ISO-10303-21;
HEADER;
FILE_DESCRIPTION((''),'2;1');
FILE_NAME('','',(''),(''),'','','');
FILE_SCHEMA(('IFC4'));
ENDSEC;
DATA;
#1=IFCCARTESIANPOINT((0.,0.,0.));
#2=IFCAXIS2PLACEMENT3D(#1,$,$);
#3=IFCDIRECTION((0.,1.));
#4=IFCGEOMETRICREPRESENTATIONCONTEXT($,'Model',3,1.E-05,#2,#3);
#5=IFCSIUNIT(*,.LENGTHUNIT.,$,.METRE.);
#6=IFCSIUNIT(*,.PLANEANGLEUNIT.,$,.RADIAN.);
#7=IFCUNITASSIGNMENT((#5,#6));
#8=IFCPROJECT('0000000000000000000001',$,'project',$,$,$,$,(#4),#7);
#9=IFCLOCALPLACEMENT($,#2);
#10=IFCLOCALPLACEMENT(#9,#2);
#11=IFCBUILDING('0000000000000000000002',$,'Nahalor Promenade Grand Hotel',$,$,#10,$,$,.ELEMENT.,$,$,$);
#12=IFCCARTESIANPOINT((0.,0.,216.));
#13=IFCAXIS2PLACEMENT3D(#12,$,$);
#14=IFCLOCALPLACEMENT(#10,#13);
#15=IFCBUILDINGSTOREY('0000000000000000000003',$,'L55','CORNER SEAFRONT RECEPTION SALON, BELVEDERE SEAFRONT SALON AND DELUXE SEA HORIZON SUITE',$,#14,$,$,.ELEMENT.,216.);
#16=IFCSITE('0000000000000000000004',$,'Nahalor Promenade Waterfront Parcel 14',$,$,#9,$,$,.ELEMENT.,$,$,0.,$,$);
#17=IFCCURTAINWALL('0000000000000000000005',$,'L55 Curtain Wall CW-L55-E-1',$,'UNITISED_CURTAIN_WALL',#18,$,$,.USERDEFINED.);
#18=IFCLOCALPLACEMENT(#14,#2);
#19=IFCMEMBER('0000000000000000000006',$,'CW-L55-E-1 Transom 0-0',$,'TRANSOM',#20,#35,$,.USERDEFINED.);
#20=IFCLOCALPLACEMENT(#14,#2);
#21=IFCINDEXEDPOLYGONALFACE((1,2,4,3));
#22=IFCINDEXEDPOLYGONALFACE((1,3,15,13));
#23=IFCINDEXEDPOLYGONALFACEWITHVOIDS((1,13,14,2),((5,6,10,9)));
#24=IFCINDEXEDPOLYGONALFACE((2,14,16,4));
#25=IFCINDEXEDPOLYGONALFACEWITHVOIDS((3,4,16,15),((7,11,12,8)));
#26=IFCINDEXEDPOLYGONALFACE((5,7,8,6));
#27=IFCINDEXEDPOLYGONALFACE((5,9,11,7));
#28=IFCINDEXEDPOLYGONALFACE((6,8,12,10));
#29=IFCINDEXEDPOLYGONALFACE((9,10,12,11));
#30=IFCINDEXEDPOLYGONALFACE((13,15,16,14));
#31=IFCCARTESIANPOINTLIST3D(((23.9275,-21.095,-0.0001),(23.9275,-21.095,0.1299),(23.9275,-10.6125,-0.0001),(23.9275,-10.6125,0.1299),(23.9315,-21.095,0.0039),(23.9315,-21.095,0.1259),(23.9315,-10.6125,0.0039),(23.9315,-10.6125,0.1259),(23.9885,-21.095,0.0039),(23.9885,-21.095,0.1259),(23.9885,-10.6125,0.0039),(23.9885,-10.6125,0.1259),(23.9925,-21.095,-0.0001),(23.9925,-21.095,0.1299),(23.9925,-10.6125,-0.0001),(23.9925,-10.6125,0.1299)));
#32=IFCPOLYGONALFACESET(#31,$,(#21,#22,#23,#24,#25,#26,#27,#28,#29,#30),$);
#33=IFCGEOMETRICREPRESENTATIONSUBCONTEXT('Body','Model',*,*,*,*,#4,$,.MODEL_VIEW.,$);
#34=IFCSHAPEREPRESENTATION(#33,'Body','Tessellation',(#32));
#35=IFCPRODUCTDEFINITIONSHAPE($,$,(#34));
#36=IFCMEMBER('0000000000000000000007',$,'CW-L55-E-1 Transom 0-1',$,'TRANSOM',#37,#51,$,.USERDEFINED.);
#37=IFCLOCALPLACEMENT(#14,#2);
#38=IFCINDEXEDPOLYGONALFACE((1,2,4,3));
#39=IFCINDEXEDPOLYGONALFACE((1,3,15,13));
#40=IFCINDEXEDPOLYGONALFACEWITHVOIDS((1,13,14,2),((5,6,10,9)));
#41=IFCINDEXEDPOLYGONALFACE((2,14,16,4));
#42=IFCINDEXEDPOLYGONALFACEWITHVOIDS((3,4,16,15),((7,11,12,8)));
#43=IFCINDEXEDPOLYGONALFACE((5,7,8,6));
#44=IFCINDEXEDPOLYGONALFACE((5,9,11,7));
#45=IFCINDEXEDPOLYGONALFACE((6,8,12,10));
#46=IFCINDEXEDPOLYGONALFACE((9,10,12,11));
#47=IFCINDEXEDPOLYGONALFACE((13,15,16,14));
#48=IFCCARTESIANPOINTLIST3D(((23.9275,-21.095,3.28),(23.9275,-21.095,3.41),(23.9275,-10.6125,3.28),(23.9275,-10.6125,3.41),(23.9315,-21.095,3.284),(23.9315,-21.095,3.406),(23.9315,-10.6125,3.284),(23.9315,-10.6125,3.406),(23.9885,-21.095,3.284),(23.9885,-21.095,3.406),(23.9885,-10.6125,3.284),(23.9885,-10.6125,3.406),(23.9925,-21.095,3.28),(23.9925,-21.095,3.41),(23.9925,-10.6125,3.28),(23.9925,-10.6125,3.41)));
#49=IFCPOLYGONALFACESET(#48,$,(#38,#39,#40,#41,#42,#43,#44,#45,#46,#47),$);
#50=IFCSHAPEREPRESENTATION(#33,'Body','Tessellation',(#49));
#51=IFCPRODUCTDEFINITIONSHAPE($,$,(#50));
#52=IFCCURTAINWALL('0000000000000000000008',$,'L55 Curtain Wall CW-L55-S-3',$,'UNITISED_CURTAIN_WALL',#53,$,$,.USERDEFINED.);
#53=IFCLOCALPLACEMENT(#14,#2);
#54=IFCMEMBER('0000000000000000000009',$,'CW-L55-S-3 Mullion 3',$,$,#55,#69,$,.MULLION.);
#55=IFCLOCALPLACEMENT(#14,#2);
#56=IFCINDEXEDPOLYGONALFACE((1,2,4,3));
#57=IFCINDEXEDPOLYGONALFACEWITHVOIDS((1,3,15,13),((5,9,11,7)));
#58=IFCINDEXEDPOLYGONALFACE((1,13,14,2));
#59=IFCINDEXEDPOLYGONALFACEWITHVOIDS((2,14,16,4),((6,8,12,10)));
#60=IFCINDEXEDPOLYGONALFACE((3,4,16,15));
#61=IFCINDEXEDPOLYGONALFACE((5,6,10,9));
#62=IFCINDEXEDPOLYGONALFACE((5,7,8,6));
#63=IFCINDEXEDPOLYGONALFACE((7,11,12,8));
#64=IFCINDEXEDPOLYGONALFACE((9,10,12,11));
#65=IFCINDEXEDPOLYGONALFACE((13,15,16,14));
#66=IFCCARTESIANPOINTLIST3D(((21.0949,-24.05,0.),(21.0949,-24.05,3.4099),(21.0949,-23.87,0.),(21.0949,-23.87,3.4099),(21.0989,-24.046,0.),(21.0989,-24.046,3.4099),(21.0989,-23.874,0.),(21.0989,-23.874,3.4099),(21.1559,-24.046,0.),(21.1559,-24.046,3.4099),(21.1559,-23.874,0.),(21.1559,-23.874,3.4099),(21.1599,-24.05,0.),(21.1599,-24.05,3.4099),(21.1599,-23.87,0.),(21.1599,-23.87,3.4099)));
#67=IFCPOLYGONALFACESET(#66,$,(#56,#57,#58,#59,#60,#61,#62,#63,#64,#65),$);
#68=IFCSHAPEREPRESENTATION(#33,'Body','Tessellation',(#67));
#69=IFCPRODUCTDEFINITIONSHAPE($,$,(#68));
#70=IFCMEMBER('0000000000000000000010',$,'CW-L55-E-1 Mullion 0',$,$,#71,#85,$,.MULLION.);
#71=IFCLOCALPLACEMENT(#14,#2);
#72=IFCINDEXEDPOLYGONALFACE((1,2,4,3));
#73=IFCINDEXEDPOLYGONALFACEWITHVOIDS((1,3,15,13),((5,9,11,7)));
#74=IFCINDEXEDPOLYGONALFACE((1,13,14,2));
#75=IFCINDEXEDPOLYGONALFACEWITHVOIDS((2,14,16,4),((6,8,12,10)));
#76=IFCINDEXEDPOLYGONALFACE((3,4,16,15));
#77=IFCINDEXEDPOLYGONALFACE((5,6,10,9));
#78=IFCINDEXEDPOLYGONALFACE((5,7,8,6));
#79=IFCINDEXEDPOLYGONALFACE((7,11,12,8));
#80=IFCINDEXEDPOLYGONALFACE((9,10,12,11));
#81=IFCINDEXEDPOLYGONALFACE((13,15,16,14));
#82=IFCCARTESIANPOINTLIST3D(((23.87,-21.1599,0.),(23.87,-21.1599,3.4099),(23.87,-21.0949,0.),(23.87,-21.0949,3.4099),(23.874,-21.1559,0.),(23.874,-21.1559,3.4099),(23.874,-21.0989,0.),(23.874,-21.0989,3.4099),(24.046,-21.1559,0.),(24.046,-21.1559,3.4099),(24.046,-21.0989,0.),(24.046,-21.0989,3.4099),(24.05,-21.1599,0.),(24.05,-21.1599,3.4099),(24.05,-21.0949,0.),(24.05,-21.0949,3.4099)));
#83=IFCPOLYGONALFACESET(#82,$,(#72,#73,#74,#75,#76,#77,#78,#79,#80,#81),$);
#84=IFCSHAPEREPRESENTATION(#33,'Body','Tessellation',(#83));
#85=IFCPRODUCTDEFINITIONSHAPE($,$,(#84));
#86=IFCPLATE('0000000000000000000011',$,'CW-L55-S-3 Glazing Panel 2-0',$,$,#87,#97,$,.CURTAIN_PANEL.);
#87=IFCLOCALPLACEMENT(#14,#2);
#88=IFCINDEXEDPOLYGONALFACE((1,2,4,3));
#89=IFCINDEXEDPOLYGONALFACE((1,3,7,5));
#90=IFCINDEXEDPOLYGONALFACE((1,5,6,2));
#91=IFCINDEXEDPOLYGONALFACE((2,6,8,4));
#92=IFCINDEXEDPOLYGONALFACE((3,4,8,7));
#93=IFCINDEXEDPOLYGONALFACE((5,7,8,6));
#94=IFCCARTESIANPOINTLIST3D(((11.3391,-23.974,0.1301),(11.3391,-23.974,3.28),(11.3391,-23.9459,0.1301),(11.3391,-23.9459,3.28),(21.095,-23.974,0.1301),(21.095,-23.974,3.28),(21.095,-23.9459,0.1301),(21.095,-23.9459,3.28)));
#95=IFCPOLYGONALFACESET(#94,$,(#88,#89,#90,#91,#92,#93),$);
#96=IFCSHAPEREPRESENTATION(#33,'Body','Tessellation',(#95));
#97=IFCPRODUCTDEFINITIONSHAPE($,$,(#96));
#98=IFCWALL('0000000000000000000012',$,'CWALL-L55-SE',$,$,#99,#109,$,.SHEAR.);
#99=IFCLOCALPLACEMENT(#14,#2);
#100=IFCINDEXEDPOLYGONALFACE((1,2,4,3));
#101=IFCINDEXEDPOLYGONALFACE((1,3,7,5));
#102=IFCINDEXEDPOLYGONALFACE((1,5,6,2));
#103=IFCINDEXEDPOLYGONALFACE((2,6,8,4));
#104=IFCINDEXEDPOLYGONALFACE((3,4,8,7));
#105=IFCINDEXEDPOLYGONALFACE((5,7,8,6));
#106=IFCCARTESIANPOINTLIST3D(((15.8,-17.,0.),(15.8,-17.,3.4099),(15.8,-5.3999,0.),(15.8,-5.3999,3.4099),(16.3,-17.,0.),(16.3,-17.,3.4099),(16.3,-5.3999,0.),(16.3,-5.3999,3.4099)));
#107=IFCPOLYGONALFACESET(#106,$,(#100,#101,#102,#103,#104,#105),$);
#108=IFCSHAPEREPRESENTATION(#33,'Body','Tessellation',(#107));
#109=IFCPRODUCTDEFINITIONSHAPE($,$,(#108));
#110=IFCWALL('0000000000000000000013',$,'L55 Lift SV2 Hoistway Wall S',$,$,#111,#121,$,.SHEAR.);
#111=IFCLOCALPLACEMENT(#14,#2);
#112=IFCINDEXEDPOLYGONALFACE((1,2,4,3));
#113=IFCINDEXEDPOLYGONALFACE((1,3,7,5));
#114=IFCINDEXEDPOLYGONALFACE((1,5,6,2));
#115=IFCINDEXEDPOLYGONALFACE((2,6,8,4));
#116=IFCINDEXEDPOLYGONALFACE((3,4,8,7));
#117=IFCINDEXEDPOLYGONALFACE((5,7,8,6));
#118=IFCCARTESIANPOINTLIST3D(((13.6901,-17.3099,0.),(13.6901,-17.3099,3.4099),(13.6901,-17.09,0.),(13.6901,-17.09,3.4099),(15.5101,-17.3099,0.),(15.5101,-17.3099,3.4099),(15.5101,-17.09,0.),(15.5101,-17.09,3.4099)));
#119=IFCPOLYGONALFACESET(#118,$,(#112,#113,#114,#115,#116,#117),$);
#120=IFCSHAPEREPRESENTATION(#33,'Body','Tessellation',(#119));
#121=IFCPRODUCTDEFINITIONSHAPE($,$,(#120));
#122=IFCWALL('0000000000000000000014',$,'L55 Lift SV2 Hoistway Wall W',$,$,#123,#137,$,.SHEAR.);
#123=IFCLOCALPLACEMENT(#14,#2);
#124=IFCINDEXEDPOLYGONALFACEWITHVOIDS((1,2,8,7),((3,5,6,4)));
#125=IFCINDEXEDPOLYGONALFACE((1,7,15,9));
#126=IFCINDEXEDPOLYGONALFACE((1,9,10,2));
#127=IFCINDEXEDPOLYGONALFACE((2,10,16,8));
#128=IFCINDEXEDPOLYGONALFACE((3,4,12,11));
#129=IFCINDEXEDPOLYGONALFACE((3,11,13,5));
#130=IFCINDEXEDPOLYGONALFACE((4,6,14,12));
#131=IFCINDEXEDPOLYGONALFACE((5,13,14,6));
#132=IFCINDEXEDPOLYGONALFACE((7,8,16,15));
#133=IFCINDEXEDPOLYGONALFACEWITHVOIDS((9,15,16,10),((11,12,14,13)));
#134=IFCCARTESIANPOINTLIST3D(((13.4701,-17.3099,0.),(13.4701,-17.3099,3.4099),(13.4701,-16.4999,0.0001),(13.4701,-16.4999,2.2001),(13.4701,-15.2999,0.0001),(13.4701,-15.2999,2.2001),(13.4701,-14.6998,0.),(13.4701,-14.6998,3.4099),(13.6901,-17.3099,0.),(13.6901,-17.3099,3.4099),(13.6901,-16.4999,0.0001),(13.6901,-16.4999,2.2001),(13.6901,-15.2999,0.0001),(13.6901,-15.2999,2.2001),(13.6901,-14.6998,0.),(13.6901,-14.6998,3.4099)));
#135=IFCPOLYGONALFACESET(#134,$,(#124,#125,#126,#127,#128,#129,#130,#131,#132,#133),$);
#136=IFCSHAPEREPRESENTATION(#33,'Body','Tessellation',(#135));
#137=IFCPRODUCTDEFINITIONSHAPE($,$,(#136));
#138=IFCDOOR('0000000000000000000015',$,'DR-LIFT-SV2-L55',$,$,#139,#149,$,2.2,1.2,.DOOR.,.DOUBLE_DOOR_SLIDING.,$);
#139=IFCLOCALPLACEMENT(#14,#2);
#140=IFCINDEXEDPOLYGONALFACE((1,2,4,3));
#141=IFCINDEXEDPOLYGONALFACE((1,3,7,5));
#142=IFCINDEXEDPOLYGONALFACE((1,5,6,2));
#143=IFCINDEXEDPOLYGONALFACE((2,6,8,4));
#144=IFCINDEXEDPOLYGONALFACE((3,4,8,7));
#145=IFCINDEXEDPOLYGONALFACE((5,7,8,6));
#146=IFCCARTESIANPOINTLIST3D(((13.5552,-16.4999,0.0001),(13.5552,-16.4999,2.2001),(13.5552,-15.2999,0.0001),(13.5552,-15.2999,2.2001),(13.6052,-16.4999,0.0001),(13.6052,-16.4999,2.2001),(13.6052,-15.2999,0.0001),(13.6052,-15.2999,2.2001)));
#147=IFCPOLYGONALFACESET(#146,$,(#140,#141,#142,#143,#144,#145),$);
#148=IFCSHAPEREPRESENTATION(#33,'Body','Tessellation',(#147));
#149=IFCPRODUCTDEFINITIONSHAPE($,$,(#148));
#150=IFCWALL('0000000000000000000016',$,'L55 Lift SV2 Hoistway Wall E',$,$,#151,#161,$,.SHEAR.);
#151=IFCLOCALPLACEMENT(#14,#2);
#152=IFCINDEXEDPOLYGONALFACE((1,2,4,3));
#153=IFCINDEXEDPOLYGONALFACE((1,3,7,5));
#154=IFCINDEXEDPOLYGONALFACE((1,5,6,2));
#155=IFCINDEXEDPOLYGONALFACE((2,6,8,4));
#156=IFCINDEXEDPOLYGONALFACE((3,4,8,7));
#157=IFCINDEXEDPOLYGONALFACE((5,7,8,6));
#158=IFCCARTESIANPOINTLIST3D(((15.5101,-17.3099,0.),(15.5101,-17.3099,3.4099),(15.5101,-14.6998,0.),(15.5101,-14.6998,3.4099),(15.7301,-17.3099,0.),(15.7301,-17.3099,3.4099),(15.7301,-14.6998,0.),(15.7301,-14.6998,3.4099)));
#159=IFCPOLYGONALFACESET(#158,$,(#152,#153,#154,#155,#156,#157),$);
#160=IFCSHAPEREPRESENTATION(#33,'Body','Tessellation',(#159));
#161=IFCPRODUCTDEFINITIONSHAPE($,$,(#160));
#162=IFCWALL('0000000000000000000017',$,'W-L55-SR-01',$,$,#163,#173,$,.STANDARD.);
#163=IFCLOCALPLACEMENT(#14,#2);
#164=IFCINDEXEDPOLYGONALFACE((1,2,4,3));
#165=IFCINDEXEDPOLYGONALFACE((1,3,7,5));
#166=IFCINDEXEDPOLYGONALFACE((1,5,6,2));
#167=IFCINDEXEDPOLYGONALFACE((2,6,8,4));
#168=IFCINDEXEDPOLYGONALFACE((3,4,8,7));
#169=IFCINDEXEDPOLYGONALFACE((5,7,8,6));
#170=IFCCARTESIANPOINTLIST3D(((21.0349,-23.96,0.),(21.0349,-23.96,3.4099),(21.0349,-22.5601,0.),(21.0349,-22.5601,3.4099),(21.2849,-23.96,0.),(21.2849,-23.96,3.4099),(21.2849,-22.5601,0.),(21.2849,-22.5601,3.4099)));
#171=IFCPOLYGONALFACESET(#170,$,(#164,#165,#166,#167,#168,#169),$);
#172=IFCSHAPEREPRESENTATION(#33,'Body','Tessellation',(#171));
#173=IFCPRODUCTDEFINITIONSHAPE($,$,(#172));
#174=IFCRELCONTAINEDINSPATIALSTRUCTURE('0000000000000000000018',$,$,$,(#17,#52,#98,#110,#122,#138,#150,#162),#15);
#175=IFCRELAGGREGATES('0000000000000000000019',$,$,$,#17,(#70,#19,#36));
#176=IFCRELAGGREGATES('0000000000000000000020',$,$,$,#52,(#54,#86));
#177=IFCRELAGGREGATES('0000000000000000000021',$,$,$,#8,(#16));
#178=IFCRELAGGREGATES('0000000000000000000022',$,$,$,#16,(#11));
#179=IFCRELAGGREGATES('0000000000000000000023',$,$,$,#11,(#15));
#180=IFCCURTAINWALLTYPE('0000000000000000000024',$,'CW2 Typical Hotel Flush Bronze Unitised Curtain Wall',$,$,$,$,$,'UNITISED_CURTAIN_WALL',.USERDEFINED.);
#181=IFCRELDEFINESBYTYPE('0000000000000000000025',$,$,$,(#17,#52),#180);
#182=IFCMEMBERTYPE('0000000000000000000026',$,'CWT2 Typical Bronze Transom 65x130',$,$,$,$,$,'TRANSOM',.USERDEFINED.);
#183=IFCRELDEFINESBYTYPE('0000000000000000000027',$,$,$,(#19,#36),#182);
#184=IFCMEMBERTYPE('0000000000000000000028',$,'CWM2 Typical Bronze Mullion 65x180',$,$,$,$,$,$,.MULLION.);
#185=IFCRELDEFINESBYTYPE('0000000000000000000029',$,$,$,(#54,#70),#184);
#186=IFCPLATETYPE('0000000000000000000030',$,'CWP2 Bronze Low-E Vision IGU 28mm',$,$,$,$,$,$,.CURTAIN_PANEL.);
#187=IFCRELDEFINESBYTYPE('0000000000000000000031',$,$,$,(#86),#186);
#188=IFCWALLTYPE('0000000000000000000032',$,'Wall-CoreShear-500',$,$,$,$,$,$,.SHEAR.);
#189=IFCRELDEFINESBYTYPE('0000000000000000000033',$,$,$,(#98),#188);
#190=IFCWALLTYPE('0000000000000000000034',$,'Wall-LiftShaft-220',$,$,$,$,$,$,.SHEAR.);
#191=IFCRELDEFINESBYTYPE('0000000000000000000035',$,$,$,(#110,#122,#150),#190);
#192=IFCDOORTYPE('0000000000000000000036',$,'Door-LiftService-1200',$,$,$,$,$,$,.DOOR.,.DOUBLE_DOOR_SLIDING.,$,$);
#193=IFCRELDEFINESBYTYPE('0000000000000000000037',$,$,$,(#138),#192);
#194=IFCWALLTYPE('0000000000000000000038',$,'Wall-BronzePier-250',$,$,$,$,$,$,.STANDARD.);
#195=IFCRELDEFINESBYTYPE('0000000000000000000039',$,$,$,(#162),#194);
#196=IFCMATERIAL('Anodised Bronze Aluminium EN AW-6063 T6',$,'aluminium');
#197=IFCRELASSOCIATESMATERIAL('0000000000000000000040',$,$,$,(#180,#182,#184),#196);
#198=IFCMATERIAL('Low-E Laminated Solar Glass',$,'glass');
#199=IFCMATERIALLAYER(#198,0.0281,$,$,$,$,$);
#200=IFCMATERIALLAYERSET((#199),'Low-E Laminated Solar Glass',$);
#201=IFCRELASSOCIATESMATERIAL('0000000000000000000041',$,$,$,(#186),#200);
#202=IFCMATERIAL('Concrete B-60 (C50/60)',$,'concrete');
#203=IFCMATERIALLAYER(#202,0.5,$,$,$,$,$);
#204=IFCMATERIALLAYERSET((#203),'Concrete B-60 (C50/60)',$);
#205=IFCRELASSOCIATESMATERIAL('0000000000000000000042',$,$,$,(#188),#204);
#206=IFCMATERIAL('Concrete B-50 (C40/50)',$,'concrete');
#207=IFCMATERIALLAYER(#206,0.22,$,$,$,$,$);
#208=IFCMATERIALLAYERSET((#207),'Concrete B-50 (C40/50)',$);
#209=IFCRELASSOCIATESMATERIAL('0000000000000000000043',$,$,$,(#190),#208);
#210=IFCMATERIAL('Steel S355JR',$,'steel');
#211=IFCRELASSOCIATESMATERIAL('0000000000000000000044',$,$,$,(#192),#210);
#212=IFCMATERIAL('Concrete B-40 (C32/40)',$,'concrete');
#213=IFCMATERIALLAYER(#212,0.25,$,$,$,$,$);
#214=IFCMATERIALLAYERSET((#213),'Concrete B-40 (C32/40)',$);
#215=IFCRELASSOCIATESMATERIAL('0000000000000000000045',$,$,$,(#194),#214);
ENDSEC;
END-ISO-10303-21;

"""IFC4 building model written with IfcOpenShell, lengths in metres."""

from ifc_helpers import new_model, si_unit, direction, frame, frame_2d, origin, origin_2d, place, context, subcontext, project, spatial, rectangle, hollow_rectangle, extrude, source, transform, mapped, material, layer, layer_set, material_profile, profile_set, type_object, element, fill, aggregate, save


model = new_model("IFC4")

# Units and contexts
model_context = context("Model", 3, precision=1e-05, world=origin(), true_north=direction((0.0, 1.0)))
body_context = subcontext(model_context, "Body", "Model", "MODEL_VIEW")
ifc_project = project(units=[si_unit("LENGTHUNIT", "METRE"), si_unit("PLANEANGLEUNIT", "RADIAN")], contexts=[model_context])

# Site, building, storey
site_placement = place(None, origin())
site = spatial("IfcSite", under=ifc_project, at=site_placement, Name="Nahalor Promenade Waterfront Parcel 14", CompositionType="ELEMENT", RefElevation=0.0)
building_placement = place(site_placement, origin())
building = spatial("IfcBuilding", under=site, at=building_placement, Name="Nahalor Promenade Grand Hotel", CompositionType="ELEMENT")
storey_placement = place(building_placement, frame((0.0, 0.0, 216.0)))
storey = spatial("IfcBuildingStorey", under=building, at=storey_placement, Name="L55", Description="CORNER SEAFRONT RECEPTION SALON, BELVEDERE SEAFRONT SALON AND DELUXE SEA HORIZON SUITE", CompositionType="ELEMENT", Elevation=216.0)

# Shared definitions
ifc_material_1 = material(Name="Concrete B-60 (C50/60)", Category="concrete")
ifc_material_2 = material(Name="Steel S355JR", Category="steel")

# Curtain wall, members
ifc_material_3 = material(Name="Anodised Bronze Aluminium EN AW-6063 T6", Category="aluminium")
curtain_wall_type = type_object("IfcCurtainWallType", Name="CW2 Typical Hotel Flush Bronze Unitised Curtain Wall", ElementType="UNITISED_CURTAIN_WALL", PredefinedType="USERDEFINED", material=ifc_material_3)
curtain_wall_1_placement = place(storey_placement, origin())
curtain_wall_1 = element("IfcCurtainWall", 1, at=curtain_wall_1_placement, inside=storey, type_object=curtain_wall_type, Name="L55 Curtain Wall CW-L55-E-1", ObjectType="UNITISED_CURTAIN_WALL", PredefinedType="USERDEFINED")
ifc_material_profile_1 = material_profile(ifc_material_3, hollow_rectangle(XDim=0.065, YDim=0.13, WallThickness=0.004, at=origin_2d()), Name="CWT 65x130x4")
ifc_profile_set_1 = profile_set([ifc_material_profile_1], Name="Anodised Bronze Aluminium EN AW-6063 T6")
member_type_1 = type_object("IfcMemberType", Name="CWT2 Typical Bronze Transom 65x130", ElementType="TRANSOM", PredefinedType="USERDEFINED", material=ifc_profile_set_1)
shared_shape_1 = source(origin(), body_context, "Body", "SweptSolid", [
    extrude(hollow_rectangle(XDim=0.065, YDim=0.13, WallThickness=0.004, at=origin_2d()), origin(), (0.0, 0.0, 1.0), 10.4824),
])
member_1_placement = place(storey_placement, frame((23.96, -21.095, 0.0649), z_axis=(0.0, 1.0, 0.0), x_axis=(-1.0, 0.0, 0.0)))
member_1 = element("IfcMember", 2, at=member_1_placement, type_object=member_type_1, Name="CW-L55-E-1 Transom 0-0", ObjectType="TRANSOM", PredefinedType="USERDEFINED", context=body_context, shape_type="MappedRepresentation", body=[
    mapped(shared_shape_1, transform((0.0, 0.0, 0.0), scale=1.0)),
])
member_2_placement = place(storey_placement, frame((23.96, -21.095, 3.345), z_axis=(0.0, 1.0, 0.0), x_axis=(-1.0, 0.0, 0.0)))
member_2 = element("IfcMember", 3, at=member_2_placement, type_object=member_type_1, Name="CW-L55-E-1 Transom 0-1", ObjectType="TRANSOM", PredefinedType="USERDEFINED", context=body_context, shape_type="MappedRepresentation", body=[
    mapped(shared_shape_1, transform((0.0, 0.0, 0.0), scale=1.0)),
])

# Curtain wall, member
curtain_wall_2_placement = place(storey_placement, origin())
curtain_wall_2 = element("IfcCurtainWall", 4, at=curtain_wall_2_placement, inside=storey, type_object=curtain_wall_type, Name="L55 Curtain Wall CW-L55-S-3", ObjectType="UNITISED_CURTAIN_WALL", PredefinedType="USERDEFINED")
ifc_material_profile_2 = material_profile(ifc_material_3, hollow_rectangle(XDim=0.065, YDim=0.18, WallThickness=0.004, at=origin_2d()), Name="CWM 65x180x4")
ifc_profile_set_2 = profile_set([ifc_material_profile_2], Name="Anodised Bronze Aluminium EN AW-6063 T6")
member_type_2 = type_object("IfcMemberType", Name="CWM2 Typical Bronze Mullion 65x180", PredefinedType="MULLION", material=ifc_profile_set_2)
shared_shape_2 = source(origin(), body_context, "Body", "SweptSolid", [
    extrude(hollow_rectangle(XDim=0.065, YDim=0.18, WallThickness=0.004, at=origin_2d()), origin(), (0.0, 0.0, 1.0), 3.4099),
])
member_3_placement = place(storey_placement, frame((21.1274, -23.96, 0.0), z_axis=(0.0, 0.0, 1.0), x_axis=(1.0, 0.0, 0.0)))
member_3 = element("IfcMember", 5, at=member_3_placement, type_object=member_type_2, Name="CW-L55-S-3 Mullion 3", PredefinedType="MULLION", context=body_context, shape_type="MappedRepresentation", body=[
    mapped(shared_shape_2, transform((0.0, 0.0, 0.0), scale=1.0)),
])

# Member
member_4_placement = place(storey_placement, frame((23.96, -21.1274, 0.0), z_axis=(0.0, 0.0, 1.0), x_axis=(0.0, 1.0, 0.0)))
member_4 = element("IfcMember", 6, at=member_4_placement, type_object=member_type_2, Name="CW-L55-E-1 Mullion 0", PredefinedType="MULLION", context=body_context, shape_type="MappedRepresentation", body=[
    mapped(shared_shape_2, transform((0.0, 0.0, 0.0), scale=1.0)),
])
aggregate(curtain_wall_1, [member_4, member_1, member_2])

# Plate
ifc_material_4 = material(Name="Low-E Laminated Solar Glass", Category="glass")
ifc_layer_1 = layer(ifc_material_4, 0.0281)
ifc_layer_set_1 = layer_set([ifc_layer_1], Name="Low-E Laminated Solar Glass")
plate_type = type_object("IfcPlateType", Name="CWP2 Bronze Low-E Vision IGU 28mm", PredefinedType="CURTAIN_PANEL", material=ifc_layer_set_1)
shared_shape_3 = source(origin(), body_context, "Body", "SweptSolid", [
    extrude(rectangle(XDim=9.7559, YDim=0.0281, at=origin_2d()), origin(), (0.0, 0.0, 1.0), 3.1499),
])
plate_placement = place(storey_placement, frame((16.217, -23.96, 0.1301), z_axis=(0.0, 0.0, 1.0), x_axis=(1.0, 0.0, 0.0)))
plate = element("IfcPlate", 7, at=plate_placement, type_object=plate_type, Name="CW-L55-S-3 Glazing Panel 2-0", PredefinedType="CURTAIN_PANEL", context=body_context, shape_type="MappedRepresentation", body=[
    mapped(shared_shape_3, transform((0.0, 0.0, 0.0), scale=1.0)),
])
aggregate(curtain_wall_2, [member_3, plate])

# Walls
ifc_layer_2 = layer(ifc_material_1, 0.5)
ifc_layer_set_2 = layer_set([ifc_layer_2], Name="Concrete B-60 (C50/60)")
wall_type_1 = type_object("IfcWallType", Name="Wall-CoreShear-500", PredefinedType="SHEAR", material=ifc_layer_set_2)
shared_shape_4 = source(origin(), body_context, "Body", "SweptSolid", [
    extrude(rectangle(XDim=11.6001, YDim=0.5, at=frame_2d((5.8, 0.0))), origin(), (0.0, 0.0, 1.0), 3.4099),
])
wall_1_placement = place(storey_placement, frame((16.05, -17.0, 0.0), z_axis=(0.0, 0.0, 1.0), x_axis=(0.0, 1.0, 0.0)))
element("IfcWall", 8, at=wall_1_placement, inside=storey, type_object=wall_type_1, Name="CWALL-L55-SE", PredefinedType="SHEAR", context=body_context, shape_type="MappedRepresentation", body=[
    mapped(shared_shape_4, transform((0.0, 0.0, 0.0), scale=1.0)),
])
ifc_material_5 = material(Name="Concrete B-50 (C40/50)", Category="concrete")
ifc_layer_3 = layer(ifc_material_5, 0.22)
ifc_layer_set_3 = layer_set([ifc_layer_3], Name="Concrete B-50 (C40/50)")
wall_type_2 = type_object("IfcWallType", Name="Wall-LiftShaft-220", PredefinedType="SHEAR", material=ifc_layer_set_3)
shared_shape_5 = source(origin(), body_context, "Body", "SweptSolid", [
    extrude(rectangle(XDim=1.8201, YDim=0.22, at=frame_2d((0.9102, 0.0))), origin(), (0.0, 0.0, 1.0), 3.4099),
])
wall_2_placement = place(storey_placement, frame((13.6899, -17.2, 0.0), z_axis=(0.0, 0.0, 1.0), x_axis=(1.0, 0.0, 0.0)))
element("IfcWall", 9, at=wall_2_placement, inside=storey, type_object=wall_type_2, Name="L55 Lift SV2 Hoistway Wall S", PredefinedType="SHEAR", context=body_context, shape_type="MappedRepresentation", body=[
    mapped(shared_shape_5, transform((0.0, 0.0, 0.0), scale=1.0)),
])

# Wall, opening, door
shared_shape_6 = source(origin(), body_context, "Body", "SweptSolid", [
    extrude(rectangle(XDim=2.6101, YDim=0.22, at=frame_2d((1.3052, 0.0))), origin(), (0.0, 0.0, 1.0), 3.4099),
])
wall_3_placement = place(storey_placement, frame((13.5801, -17.3101, 0.0), z_axis=(0.0, 0.0, 1.0), x_axis=(0.0, 1.0, 0.0)))
wall_3 = element("IfcWall", 10, at=wall_3_placement, inside=storey, type_object=wall_type_2, Name="L55 Lift SV2 Hoistway Wall W", PredefinedType="SHEAR", context=body_context, shape_type="MappedRepresentation", body=[
    mapped(shared_shape_6, transform((0.0, 0.0, 0.0), scale=1.0)),
])
opening_placement = place(wall_3_placement, frame((0.8101, 0.0, 0.0)))
opening = element("IfcOpeningElement", 11, at=opening_placement, cuts=wall_3, PredefinedType="OPENING", context=body_context, shape_type="SweptSolid", body=[
    extrude(rectangle(XDim=1.2, YDim=2.2, at=frame_2d((0.6001, 1.1001))), frame((0.0, 0.1199, 0.0), z_axis=(0.0, -1.0, 0.0), x_axis=(1.0, 0.0, 0.0)), (0.0, 0.0, 1.0), 0.24),
])
door_type = type_object("IfcDoorType", Name="Door-LiftService-1200", OperationType="DOUBLE_DOOR_SLIDING", PredefinedType="DOOR", material=ifc_material_2)
shared_shape_7 = source(origin(), body_context, "Body", "SweptSolid", [
    extrude(rectangle(XDim=1.2, YDim=2.2, at=frame_2d((0.6001, 1.1001))), frame((0.0, 0.0249, 0.0), z_axis=(0.0, -1.0, 0.0), x_axis=(1.0, 0.0, 0.0)), (0.0, 0.0, 1.0), 0.05),
])
door_placement = place(opening_placement, origin())
door = element("IfcDoor", 12, at=door_placement, inside=storey, type_object=door_type, Name="DR-LIFT-SV2-L55", OperationType="DOUBLE_DOOR_SLIDING", OverallHeight=2.2, OverallWidth=1.2, PredefinedType="DOOR", context=body_context, shape_type="MappedRepresentation", body=[
    mapped(shared_shape_7, transform((0.0, 0.0, 0.0), scale=1.0)),
])
fill(opening, door)

# Walls
wall_4_placement = place(storey_placement, frame((15.6201, -17.3101, 0.0), z_axis=(0.0, 0.0, 1.0), x_axis=(0.0, 1.0, 0.0)))
element("IfcWall", 13, at=wall_4_placement, inside=storey, type_object=wall_type_2, Name="L55 Lift SV2 Hoistway Wall E", PredefinedType="SHEAR", context=body_context, shape_type="MappedRepresentation", body=[
    mapped(shared_shape_6, transform((0.0, 0.0, 0.0), scale=1.0)),
])
ifc_material_6 = material(Name="Concrete B-40 (C32/40)", Category="concrete")
ifc_layer_4 = layer(ifc_material_6, 0.25)
ifc_layer_set_4 = layer_set([ifc_layer_4], Name="Concrete B-40 (C32/40)")
wall_type_3 = type_object("IfcWallType", Name="Wall-BronzePier-250", PredefinedType="STANDARD", material=ifc_layer_set_4)
shared_shape_8 = source(origin(), body_context, "Body", "SweptSolid", [
    extrude(rectangle(XDim=1.3999, YDim=0.25, at=frame_2d((0.7, 0.0))), origin(), (0.0, 0.0, 1.0), 3.4099),
])
for number, where, z_axis, x_axis, name in (
    (14, (21.1599, -23.96, 0.0), (0.0, 0.0, 1.0), (0.0, 1.0, 0.0), "W-L55-SR-01"),
):
    element("IfcWall", number, at=place(storey_placement, frame(where, z_axis=z_axis, x_axis=x_axis)), inside=storey, type_object=wall_type_3, Name=name, PredefinedType="STANDARD", context=body_context, shape_type="MappedRepresentation", body=[
        mapped(shared_shape_8, transform((0.0, 0.0, 0.0), scale=1.0)),
    ])

save(model, "model.ifc")
